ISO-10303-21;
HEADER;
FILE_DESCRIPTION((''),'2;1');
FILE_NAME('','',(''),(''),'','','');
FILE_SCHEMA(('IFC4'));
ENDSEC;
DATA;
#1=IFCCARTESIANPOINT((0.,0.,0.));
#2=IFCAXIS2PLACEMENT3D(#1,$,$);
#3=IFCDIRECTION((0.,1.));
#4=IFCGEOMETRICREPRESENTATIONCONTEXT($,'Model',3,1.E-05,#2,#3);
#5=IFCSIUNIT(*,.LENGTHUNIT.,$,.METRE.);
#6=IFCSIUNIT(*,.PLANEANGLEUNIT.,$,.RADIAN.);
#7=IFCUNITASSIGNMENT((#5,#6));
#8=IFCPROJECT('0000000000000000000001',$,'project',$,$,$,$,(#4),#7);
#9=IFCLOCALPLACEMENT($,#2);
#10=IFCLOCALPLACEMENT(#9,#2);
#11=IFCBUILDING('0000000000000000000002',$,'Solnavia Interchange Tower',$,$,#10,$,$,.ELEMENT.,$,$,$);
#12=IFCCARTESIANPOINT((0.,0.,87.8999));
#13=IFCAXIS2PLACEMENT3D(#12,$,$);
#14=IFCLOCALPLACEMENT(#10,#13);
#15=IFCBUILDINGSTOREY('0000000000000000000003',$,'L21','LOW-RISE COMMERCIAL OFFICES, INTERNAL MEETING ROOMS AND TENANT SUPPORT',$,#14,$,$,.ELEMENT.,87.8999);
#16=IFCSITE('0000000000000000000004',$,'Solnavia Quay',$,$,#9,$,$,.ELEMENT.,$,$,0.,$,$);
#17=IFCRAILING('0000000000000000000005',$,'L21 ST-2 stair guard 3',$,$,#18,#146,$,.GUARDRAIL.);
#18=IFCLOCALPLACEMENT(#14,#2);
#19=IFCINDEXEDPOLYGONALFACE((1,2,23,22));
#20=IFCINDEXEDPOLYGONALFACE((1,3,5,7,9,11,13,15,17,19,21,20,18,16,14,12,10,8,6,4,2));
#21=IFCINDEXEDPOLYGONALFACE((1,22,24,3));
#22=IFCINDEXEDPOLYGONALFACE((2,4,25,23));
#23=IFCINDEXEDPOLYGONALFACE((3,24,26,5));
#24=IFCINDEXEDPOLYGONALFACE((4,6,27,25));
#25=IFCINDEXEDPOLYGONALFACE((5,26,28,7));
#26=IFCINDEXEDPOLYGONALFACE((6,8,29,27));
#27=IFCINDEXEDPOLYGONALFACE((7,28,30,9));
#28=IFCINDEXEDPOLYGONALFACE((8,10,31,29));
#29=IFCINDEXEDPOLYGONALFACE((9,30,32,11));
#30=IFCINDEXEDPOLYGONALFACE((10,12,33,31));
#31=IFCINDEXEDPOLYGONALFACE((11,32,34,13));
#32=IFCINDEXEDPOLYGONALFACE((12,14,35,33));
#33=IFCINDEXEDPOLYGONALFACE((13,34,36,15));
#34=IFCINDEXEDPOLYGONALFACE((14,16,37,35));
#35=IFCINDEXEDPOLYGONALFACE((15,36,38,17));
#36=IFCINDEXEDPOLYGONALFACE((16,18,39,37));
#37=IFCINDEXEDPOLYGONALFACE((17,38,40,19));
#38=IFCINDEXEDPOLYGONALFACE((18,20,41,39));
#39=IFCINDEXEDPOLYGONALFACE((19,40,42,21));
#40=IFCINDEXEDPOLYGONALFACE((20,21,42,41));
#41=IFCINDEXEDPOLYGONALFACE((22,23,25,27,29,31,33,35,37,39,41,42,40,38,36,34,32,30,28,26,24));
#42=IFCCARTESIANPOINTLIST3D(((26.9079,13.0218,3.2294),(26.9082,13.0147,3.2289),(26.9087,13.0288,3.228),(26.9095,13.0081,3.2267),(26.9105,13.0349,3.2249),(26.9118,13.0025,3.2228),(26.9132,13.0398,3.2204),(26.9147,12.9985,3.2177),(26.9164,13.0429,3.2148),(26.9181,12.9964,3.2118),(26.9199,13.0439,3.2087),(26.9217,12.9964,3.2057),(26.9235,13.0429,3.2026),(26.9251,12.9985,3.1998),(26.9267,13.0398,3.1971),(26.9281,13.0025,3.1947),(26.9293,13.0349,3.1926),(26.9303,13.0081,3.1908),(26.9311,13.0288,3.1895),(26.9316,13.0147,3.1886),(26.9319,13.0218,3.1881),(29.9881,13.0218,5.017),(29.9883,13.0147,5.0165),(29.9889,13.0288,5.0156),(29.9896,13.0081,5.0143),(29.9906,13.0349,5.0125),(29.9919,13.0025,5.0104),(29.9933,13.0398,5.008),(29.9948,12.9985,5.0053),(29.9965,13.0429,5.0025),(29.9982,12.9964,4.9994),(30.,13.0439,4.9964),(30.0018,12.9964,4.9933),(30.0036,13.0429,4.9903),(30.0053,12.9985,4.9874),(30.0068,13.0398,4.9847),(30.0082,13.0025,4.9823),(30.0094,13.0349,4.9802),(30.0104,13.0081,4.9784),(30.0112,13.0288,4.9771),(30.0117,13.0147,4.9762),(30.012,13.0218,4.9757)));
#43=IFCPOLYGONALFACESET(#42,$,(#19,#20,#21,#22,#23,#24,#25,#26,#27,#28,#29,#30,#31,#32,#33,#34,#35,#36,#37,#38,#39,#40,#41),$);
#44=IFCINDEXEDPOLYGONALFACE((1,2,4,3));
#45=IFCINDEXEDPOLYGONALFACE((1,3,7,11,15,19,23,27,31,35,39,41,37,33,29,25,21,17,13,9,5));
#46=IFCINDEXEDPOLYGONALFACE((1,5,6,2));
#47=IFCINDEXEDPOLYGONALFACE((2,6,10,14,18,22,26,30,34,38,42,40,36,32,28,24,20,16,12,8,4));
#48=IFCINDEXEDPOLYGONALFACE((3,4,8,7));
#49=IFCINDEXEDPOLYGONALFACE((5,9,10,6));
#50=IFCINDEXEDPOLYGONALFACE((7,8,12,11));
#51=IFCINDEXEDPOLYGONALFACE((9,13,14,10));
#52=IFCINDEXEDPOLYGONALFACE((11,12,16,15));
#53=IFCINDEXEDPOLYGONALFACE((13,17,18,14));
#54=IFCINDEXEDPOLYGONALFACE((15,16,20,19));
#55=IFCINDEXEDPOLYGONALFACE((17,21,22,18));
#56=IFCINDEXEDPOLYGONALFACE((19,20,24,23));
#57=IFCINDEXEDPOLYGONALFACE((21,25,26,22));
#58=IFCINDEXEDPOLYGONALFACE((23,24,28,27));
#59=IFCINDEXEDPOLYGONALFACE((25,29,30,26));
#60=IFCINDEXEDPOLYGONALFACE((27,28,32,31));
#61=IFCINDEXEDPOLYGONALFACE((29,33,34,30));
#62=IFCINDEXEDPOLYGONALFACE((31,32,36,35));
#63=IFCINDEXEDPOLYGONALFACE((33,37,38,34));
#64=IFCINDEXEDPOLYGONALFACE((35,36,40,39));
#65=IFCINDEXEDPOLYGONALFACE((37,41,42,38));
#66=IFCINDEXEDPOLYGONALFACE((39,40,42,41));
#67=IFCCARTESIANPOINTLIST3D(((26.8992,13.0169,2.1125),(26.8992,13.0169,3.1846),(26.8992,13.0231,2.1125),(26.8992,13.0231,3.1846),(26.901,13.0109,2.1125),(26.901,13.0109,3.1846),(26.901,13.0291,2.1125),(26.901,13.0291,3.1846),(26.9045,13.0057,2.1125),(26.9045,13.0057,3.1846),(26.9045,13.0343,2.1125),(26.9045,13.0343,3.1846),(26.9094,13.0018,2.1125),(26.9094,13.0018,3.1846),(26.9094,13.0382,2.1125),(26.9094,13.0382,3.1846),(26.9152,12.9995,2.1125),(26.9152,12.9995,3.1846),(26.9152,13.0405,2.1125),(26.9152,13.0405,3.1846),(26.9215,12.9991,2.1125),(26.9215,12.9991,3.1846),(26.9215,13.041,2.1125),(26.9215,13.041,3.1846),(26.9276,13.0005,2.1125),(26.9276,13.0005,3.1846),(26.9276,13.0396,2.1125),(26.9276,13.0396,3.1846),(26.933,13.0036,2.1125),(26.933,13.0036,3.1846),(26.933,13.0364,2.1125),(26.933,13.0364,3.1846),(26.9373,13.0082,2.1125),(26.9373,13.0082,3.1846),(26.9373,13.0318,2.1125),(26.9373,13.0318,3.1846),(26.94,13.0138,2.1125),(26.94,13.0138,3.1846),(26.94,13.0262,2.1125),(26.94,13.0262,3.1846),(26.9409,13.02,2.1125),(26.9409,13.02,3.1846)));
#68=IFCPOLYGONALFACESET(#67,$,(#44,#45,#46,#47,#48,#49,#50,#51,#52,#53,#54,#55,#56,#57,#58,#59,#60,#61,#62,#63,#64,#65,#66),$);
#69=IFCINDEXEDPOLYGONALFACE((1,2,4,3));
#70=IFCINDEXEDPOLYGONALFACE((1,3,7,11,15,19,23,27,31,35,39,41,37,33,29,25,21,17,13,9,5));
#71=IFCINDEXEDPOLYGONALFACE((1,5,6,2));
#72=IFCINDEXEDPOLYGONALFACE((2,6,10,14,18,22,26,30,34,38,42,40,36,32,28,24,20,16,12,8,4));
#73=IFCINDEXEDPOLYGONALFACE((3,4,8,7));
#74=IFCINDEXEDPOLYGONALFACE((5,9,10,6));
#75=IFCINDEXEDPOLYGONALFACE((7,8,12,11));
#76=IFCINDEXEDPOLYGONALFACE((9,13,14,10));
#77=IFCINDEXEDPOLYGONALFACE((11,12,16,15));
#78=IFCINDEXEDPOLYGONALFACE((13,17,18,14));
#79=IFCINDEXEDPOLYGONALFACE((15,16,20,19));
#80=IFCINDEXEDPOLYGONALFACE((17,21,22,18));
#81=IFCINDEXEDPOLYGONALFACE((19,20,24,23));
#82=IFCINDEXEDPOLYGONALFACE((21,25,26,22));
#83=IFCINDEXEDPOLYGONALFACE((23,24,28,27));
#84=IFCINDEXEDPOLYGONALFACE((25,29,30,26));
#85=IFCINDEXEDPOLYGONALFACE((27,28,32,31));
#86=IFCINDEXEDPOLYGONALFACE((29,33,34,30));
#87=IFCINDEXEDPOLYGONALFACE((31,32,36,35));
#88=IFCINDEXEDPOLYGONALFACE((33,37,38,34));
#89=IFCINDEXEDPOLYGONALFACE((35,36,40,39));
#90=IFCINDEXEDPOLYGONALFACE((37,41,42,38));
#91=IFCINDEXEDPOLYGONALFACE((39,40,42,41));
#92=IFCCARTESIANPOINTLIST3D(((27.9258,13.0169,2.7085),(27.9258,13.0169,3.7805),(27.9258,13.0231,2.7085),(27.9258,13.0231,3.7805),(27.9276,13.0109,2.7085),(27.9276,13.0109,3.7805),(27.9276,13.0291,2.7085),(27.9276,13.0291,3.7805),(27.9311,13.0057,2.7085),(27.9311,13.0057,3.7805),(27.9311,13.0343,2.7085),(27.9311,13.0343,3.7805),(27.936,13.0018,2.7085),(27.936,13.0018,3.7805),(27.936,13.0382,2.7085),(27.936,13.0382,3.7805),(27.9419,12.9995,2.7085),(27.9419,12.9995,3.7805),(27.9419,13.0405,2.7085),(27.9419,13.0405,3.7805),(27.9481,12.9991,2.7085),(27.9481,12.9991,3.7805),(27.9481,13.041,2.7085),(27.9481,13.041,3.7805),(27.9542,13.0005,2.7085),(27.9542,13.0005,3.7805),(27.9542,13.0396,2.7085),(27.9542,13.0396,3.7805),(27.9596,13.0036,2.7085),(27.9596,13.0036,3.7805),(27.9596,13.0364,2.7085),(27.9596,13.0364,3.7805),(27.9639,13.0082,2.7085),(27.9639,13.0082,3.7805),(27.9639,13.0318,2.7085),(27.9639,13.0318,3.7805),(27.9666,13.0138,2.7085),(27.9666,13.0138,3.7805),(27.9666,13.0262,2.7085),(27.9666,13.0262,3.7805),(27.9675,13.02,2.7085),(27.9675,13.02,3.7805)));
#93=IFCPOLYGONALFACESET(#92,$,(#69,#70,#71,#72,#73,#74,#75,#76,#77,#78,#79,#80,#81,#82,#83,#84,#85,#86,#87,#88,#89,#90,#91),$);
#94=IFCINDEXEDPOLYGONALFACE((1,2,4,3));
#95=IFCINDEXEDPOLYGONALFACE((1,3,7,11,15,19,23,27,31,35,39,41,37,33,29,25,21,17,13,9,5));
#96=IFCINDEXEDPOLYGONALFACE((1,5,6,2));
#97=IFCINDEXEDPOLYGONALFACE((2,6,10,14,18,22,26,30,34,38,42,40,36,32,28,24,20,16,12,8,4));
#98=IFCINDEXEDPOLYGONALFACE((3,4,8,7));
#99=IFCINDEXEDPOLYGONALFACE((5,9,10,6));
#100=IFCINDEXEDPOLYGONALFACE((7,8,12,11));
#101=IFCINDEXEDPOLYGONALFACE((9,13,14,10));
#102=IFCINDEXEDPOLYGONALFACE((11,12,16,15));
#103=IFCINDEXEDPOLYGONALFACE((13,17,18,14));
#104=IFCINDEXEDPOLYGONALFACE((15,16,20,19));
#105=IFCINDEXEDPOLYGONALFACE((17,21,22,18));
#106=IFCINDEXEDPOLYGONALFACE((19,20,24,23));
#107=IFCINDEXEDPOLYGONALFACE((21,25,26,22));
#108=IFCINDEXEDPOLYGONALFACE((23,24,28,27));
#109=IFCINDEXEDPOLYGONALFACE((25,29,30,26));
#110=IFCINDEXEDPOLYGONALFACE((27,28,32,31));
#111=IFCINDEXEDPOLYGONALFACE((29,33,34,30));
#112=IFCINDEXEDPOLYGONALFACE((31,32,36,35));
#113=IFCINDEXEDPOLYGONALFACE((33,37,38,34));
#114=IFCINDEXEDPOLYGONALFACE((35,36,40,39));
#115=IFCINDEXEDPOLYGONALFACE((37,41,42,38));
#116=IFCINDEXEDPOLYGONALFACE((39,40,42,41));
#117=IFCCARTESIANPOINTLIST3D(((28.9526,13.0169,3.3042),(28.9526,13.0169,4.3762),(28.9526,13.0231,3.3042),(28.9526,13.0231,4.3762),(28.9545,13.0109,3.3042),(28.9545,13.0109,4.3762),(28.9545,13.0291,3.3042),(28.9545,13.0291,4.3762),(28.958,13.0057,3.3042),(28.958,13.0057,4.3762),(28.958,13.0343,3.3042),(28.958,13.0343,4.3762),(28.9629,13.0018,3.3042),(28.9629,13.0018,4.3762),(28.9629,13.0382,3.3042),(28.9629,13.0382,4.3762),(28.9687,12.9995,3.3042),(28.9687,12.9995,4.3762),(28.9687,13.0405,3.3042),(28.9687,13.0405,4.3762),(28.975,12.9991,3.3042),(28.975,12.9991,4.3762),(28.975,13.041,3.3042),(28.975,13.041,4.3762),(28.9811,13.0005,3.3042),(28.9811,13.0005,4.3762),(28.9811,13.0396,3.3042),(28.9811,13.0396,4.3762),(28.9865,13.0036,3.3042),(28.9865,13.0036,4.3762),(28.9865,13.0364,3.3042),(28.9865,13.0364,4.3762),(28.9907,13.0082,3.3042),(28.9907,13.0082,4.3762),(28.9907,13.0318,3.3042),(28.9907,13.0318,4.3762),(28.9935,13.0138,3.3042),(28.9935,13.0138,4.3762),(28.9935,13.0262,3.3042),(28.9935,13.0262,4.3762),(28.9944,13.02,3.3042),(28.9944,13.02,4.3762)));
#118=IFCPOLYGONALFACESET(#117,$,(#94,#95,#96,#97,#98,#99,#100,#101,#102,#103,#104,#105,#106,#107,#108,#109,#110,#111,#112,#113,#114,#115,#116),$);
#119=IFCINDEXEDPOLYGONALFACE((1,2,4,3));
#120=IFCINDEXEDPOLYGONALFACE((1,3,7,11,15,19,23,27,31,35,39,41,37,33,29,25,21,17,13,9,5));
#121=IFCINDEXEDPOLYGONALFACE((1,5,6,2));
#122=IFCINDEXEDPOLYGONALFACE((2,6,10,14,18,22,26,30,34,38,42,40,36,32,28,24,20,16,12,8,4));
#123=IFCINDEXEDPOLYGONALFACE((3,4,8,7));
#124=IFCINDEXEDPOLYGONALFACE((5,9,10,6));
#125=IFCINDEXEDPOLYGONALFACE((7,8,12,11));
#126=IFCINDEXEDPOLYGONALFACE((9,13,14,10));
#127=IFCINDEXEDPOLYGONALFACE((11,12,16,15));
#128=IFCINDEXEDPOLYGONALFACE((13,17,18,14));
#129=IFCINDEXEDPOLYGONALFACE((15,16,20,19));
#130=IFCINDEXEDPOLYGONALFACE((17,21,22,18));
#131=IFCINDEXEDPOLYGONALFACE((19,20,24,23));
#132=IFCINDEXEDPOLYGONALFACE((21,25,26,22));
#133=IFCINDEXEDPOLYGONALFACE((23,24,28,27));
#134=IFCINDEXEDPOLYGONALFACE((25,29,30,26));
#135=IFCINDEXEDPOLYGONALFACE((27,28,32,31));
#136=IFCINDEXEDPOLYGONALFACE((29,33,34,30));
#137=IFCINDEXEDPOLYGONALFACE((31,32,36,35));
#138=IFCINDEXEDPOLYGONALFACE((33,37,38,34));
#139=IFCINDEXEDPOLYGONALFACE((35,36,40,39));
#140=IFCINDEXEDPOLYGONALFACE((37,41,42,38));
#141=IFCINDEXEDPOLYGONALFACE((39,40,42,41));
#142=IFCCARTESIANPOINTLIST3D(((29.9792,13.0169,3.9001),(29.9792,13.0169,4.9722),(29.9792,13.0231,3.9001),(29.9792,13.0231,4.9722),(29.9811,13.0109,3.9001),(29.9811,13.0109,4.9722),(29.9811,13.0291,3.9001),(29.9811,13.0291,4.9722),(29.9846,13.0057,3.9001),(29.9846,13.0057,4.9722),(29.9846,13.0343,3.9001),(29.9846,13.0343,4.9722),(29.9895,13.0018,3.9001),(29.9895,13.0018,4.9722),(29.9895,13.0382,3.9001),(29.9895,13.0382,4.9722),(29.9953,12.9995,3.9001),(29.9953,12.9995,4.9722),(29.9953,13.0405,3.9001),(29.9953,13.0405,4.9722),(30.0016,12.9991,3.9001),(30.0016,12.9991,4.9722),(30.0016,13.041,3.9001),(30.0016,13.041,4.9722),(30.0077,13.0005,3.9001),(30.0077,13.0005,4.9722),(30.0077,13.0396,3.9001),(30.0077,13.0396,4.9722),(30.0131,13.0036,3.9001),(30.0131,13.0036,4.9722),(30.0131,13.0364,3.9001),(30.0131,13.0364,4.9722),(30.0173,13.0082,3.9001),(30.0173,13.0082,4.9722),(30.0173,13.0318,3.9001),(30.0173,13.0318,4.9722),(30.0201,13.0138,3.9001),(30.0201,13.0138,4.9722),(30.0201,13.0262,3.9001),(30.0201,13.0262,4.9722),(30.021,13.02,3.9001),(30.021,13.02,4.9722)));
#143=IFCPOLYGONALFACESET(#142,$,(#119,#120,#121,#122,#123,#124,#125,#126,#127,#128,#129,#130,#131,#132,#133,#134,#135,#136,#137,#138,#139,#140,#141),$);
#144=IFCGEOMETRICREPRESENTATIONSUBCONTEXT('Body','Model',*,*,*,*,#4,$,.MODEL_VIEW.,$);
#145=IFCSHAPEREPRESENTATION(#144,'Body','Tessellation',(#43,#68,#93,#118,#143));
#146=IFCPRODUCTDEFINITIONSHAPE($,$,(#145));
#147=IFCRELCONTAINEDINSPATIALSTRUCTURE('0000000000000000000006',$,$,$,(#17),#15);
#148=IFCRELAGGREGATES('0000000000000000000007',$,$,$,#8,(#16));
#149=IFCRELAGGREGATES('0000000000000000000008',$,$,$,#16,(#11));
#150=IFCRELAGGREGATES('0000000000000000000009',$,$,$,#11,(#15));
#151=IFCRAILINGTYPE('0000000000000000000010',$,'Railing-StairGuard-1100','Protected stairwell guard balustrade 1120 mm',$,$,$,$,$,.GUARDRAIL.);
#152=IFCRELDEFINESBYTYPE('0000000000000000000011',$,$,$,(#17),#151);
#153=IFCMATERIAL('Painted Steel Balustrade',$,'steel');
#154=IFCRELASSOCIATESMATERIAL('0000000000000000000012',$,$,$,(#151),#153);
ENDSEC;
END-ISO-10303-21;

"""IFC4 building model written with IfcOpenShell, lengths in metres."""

from ifc_helpers import new_model, si_unit, direction, frame, origin, origin_2d, place, context, subcontext, project, spatial, circle, extrude, material, type_object, element, save


model = new_model("IFC4")

# Units and contexts
model_context = context("Model", 3, precision=1e-05, world=origin(), true_north=direction((0.0, 1.0)))
body_context = subcontext(model_context, "Body", "Model", "MODEL_VIEW")
ifc_project = project(units=[si_unit("LENGTHUNIT", "METRE"), si_unit("PLANEANGLEUNIT", "RADIAN")], contexts=[model_context])

# Site, building, storey
site_placement = place(None, origin())
site = spatial("IfcSite", under=ifc_project, at=site_placement, Name="Solnavia Quay", CompositionType="ELEMENT", RefElevation=0.0)
building_placement = place(site_placement, origin())
building = spatial("IfcBuilding", under=site, at=building_placement, Name="Solnavia Interchange Tower", CompositionType="ELEMENT")
storey_placement = place(building_placement, frame((0.0, 0.0, 87.8999)))
storey = spatial("IfcBuildingStorey", under=building, at=storey_placement, Name="L21", Description="LOW-RISE COMMERCIAL OFFICES, INTERNAL MEETING ROOMS AND TENANT SUPPORT", CompositionType="ELEMENT", Elevation=87.8999)

# Railing
ifc_material_1 = material(Name="Painted Steel Balustrade", Category="steel")
railing_type_1 = type_object("IfcRailingType", Name="Railing-StairGuard-1100", Description="Protected stairwell guard balustrade 1120 mm", PredefinedType="GUARDRAIL", material=ifc_material_1)
railing_1_placement = place(storey_placement, frame((26.9199, 13.02, 2.1125)))
element("IfcRailing", 1, at=railing_1_placement, inside=storey, type_object=railing_type_1, Name="L21 ST-2 stair guard 3", PredefinedType="GUARDRAIL", context=body_context, shape_type="SweptSolid", body=[
    extrude(circle(Radius=0.0239, at=origin_2d()), frame((0.0, 0.0, 1.0962), z_axis=(0.864891, 0.0, 0.50196), x_axis=(0.0, 1.0, 0.0)), (0.0, 0.0, 1.0), 3.5613),
    extrude(circle(Radius=0.021, at=origin_2d()), origin(), (0.0, 0.0, 1.0), 1.072),
    extrude(circle(Radius=0.021, at=origin_2d()), frame((1.0266, 0.0, 0.5959)), (0.0, 0.0, 1.0), 1.072),
    extrude(circle(Radius=0.021, at=origin_2d()), frame((2.0535, 0.0, 1.1917)), (0.0, 0.0, 1.0), 1.072),
    extrude(circle(Radius=0.021, at=origin_2d()), frame((3.0801, 0.0, 1.7876)), (0.0, 0.0, 1.0), 1.072),
])

save(model, "model.ifc")
